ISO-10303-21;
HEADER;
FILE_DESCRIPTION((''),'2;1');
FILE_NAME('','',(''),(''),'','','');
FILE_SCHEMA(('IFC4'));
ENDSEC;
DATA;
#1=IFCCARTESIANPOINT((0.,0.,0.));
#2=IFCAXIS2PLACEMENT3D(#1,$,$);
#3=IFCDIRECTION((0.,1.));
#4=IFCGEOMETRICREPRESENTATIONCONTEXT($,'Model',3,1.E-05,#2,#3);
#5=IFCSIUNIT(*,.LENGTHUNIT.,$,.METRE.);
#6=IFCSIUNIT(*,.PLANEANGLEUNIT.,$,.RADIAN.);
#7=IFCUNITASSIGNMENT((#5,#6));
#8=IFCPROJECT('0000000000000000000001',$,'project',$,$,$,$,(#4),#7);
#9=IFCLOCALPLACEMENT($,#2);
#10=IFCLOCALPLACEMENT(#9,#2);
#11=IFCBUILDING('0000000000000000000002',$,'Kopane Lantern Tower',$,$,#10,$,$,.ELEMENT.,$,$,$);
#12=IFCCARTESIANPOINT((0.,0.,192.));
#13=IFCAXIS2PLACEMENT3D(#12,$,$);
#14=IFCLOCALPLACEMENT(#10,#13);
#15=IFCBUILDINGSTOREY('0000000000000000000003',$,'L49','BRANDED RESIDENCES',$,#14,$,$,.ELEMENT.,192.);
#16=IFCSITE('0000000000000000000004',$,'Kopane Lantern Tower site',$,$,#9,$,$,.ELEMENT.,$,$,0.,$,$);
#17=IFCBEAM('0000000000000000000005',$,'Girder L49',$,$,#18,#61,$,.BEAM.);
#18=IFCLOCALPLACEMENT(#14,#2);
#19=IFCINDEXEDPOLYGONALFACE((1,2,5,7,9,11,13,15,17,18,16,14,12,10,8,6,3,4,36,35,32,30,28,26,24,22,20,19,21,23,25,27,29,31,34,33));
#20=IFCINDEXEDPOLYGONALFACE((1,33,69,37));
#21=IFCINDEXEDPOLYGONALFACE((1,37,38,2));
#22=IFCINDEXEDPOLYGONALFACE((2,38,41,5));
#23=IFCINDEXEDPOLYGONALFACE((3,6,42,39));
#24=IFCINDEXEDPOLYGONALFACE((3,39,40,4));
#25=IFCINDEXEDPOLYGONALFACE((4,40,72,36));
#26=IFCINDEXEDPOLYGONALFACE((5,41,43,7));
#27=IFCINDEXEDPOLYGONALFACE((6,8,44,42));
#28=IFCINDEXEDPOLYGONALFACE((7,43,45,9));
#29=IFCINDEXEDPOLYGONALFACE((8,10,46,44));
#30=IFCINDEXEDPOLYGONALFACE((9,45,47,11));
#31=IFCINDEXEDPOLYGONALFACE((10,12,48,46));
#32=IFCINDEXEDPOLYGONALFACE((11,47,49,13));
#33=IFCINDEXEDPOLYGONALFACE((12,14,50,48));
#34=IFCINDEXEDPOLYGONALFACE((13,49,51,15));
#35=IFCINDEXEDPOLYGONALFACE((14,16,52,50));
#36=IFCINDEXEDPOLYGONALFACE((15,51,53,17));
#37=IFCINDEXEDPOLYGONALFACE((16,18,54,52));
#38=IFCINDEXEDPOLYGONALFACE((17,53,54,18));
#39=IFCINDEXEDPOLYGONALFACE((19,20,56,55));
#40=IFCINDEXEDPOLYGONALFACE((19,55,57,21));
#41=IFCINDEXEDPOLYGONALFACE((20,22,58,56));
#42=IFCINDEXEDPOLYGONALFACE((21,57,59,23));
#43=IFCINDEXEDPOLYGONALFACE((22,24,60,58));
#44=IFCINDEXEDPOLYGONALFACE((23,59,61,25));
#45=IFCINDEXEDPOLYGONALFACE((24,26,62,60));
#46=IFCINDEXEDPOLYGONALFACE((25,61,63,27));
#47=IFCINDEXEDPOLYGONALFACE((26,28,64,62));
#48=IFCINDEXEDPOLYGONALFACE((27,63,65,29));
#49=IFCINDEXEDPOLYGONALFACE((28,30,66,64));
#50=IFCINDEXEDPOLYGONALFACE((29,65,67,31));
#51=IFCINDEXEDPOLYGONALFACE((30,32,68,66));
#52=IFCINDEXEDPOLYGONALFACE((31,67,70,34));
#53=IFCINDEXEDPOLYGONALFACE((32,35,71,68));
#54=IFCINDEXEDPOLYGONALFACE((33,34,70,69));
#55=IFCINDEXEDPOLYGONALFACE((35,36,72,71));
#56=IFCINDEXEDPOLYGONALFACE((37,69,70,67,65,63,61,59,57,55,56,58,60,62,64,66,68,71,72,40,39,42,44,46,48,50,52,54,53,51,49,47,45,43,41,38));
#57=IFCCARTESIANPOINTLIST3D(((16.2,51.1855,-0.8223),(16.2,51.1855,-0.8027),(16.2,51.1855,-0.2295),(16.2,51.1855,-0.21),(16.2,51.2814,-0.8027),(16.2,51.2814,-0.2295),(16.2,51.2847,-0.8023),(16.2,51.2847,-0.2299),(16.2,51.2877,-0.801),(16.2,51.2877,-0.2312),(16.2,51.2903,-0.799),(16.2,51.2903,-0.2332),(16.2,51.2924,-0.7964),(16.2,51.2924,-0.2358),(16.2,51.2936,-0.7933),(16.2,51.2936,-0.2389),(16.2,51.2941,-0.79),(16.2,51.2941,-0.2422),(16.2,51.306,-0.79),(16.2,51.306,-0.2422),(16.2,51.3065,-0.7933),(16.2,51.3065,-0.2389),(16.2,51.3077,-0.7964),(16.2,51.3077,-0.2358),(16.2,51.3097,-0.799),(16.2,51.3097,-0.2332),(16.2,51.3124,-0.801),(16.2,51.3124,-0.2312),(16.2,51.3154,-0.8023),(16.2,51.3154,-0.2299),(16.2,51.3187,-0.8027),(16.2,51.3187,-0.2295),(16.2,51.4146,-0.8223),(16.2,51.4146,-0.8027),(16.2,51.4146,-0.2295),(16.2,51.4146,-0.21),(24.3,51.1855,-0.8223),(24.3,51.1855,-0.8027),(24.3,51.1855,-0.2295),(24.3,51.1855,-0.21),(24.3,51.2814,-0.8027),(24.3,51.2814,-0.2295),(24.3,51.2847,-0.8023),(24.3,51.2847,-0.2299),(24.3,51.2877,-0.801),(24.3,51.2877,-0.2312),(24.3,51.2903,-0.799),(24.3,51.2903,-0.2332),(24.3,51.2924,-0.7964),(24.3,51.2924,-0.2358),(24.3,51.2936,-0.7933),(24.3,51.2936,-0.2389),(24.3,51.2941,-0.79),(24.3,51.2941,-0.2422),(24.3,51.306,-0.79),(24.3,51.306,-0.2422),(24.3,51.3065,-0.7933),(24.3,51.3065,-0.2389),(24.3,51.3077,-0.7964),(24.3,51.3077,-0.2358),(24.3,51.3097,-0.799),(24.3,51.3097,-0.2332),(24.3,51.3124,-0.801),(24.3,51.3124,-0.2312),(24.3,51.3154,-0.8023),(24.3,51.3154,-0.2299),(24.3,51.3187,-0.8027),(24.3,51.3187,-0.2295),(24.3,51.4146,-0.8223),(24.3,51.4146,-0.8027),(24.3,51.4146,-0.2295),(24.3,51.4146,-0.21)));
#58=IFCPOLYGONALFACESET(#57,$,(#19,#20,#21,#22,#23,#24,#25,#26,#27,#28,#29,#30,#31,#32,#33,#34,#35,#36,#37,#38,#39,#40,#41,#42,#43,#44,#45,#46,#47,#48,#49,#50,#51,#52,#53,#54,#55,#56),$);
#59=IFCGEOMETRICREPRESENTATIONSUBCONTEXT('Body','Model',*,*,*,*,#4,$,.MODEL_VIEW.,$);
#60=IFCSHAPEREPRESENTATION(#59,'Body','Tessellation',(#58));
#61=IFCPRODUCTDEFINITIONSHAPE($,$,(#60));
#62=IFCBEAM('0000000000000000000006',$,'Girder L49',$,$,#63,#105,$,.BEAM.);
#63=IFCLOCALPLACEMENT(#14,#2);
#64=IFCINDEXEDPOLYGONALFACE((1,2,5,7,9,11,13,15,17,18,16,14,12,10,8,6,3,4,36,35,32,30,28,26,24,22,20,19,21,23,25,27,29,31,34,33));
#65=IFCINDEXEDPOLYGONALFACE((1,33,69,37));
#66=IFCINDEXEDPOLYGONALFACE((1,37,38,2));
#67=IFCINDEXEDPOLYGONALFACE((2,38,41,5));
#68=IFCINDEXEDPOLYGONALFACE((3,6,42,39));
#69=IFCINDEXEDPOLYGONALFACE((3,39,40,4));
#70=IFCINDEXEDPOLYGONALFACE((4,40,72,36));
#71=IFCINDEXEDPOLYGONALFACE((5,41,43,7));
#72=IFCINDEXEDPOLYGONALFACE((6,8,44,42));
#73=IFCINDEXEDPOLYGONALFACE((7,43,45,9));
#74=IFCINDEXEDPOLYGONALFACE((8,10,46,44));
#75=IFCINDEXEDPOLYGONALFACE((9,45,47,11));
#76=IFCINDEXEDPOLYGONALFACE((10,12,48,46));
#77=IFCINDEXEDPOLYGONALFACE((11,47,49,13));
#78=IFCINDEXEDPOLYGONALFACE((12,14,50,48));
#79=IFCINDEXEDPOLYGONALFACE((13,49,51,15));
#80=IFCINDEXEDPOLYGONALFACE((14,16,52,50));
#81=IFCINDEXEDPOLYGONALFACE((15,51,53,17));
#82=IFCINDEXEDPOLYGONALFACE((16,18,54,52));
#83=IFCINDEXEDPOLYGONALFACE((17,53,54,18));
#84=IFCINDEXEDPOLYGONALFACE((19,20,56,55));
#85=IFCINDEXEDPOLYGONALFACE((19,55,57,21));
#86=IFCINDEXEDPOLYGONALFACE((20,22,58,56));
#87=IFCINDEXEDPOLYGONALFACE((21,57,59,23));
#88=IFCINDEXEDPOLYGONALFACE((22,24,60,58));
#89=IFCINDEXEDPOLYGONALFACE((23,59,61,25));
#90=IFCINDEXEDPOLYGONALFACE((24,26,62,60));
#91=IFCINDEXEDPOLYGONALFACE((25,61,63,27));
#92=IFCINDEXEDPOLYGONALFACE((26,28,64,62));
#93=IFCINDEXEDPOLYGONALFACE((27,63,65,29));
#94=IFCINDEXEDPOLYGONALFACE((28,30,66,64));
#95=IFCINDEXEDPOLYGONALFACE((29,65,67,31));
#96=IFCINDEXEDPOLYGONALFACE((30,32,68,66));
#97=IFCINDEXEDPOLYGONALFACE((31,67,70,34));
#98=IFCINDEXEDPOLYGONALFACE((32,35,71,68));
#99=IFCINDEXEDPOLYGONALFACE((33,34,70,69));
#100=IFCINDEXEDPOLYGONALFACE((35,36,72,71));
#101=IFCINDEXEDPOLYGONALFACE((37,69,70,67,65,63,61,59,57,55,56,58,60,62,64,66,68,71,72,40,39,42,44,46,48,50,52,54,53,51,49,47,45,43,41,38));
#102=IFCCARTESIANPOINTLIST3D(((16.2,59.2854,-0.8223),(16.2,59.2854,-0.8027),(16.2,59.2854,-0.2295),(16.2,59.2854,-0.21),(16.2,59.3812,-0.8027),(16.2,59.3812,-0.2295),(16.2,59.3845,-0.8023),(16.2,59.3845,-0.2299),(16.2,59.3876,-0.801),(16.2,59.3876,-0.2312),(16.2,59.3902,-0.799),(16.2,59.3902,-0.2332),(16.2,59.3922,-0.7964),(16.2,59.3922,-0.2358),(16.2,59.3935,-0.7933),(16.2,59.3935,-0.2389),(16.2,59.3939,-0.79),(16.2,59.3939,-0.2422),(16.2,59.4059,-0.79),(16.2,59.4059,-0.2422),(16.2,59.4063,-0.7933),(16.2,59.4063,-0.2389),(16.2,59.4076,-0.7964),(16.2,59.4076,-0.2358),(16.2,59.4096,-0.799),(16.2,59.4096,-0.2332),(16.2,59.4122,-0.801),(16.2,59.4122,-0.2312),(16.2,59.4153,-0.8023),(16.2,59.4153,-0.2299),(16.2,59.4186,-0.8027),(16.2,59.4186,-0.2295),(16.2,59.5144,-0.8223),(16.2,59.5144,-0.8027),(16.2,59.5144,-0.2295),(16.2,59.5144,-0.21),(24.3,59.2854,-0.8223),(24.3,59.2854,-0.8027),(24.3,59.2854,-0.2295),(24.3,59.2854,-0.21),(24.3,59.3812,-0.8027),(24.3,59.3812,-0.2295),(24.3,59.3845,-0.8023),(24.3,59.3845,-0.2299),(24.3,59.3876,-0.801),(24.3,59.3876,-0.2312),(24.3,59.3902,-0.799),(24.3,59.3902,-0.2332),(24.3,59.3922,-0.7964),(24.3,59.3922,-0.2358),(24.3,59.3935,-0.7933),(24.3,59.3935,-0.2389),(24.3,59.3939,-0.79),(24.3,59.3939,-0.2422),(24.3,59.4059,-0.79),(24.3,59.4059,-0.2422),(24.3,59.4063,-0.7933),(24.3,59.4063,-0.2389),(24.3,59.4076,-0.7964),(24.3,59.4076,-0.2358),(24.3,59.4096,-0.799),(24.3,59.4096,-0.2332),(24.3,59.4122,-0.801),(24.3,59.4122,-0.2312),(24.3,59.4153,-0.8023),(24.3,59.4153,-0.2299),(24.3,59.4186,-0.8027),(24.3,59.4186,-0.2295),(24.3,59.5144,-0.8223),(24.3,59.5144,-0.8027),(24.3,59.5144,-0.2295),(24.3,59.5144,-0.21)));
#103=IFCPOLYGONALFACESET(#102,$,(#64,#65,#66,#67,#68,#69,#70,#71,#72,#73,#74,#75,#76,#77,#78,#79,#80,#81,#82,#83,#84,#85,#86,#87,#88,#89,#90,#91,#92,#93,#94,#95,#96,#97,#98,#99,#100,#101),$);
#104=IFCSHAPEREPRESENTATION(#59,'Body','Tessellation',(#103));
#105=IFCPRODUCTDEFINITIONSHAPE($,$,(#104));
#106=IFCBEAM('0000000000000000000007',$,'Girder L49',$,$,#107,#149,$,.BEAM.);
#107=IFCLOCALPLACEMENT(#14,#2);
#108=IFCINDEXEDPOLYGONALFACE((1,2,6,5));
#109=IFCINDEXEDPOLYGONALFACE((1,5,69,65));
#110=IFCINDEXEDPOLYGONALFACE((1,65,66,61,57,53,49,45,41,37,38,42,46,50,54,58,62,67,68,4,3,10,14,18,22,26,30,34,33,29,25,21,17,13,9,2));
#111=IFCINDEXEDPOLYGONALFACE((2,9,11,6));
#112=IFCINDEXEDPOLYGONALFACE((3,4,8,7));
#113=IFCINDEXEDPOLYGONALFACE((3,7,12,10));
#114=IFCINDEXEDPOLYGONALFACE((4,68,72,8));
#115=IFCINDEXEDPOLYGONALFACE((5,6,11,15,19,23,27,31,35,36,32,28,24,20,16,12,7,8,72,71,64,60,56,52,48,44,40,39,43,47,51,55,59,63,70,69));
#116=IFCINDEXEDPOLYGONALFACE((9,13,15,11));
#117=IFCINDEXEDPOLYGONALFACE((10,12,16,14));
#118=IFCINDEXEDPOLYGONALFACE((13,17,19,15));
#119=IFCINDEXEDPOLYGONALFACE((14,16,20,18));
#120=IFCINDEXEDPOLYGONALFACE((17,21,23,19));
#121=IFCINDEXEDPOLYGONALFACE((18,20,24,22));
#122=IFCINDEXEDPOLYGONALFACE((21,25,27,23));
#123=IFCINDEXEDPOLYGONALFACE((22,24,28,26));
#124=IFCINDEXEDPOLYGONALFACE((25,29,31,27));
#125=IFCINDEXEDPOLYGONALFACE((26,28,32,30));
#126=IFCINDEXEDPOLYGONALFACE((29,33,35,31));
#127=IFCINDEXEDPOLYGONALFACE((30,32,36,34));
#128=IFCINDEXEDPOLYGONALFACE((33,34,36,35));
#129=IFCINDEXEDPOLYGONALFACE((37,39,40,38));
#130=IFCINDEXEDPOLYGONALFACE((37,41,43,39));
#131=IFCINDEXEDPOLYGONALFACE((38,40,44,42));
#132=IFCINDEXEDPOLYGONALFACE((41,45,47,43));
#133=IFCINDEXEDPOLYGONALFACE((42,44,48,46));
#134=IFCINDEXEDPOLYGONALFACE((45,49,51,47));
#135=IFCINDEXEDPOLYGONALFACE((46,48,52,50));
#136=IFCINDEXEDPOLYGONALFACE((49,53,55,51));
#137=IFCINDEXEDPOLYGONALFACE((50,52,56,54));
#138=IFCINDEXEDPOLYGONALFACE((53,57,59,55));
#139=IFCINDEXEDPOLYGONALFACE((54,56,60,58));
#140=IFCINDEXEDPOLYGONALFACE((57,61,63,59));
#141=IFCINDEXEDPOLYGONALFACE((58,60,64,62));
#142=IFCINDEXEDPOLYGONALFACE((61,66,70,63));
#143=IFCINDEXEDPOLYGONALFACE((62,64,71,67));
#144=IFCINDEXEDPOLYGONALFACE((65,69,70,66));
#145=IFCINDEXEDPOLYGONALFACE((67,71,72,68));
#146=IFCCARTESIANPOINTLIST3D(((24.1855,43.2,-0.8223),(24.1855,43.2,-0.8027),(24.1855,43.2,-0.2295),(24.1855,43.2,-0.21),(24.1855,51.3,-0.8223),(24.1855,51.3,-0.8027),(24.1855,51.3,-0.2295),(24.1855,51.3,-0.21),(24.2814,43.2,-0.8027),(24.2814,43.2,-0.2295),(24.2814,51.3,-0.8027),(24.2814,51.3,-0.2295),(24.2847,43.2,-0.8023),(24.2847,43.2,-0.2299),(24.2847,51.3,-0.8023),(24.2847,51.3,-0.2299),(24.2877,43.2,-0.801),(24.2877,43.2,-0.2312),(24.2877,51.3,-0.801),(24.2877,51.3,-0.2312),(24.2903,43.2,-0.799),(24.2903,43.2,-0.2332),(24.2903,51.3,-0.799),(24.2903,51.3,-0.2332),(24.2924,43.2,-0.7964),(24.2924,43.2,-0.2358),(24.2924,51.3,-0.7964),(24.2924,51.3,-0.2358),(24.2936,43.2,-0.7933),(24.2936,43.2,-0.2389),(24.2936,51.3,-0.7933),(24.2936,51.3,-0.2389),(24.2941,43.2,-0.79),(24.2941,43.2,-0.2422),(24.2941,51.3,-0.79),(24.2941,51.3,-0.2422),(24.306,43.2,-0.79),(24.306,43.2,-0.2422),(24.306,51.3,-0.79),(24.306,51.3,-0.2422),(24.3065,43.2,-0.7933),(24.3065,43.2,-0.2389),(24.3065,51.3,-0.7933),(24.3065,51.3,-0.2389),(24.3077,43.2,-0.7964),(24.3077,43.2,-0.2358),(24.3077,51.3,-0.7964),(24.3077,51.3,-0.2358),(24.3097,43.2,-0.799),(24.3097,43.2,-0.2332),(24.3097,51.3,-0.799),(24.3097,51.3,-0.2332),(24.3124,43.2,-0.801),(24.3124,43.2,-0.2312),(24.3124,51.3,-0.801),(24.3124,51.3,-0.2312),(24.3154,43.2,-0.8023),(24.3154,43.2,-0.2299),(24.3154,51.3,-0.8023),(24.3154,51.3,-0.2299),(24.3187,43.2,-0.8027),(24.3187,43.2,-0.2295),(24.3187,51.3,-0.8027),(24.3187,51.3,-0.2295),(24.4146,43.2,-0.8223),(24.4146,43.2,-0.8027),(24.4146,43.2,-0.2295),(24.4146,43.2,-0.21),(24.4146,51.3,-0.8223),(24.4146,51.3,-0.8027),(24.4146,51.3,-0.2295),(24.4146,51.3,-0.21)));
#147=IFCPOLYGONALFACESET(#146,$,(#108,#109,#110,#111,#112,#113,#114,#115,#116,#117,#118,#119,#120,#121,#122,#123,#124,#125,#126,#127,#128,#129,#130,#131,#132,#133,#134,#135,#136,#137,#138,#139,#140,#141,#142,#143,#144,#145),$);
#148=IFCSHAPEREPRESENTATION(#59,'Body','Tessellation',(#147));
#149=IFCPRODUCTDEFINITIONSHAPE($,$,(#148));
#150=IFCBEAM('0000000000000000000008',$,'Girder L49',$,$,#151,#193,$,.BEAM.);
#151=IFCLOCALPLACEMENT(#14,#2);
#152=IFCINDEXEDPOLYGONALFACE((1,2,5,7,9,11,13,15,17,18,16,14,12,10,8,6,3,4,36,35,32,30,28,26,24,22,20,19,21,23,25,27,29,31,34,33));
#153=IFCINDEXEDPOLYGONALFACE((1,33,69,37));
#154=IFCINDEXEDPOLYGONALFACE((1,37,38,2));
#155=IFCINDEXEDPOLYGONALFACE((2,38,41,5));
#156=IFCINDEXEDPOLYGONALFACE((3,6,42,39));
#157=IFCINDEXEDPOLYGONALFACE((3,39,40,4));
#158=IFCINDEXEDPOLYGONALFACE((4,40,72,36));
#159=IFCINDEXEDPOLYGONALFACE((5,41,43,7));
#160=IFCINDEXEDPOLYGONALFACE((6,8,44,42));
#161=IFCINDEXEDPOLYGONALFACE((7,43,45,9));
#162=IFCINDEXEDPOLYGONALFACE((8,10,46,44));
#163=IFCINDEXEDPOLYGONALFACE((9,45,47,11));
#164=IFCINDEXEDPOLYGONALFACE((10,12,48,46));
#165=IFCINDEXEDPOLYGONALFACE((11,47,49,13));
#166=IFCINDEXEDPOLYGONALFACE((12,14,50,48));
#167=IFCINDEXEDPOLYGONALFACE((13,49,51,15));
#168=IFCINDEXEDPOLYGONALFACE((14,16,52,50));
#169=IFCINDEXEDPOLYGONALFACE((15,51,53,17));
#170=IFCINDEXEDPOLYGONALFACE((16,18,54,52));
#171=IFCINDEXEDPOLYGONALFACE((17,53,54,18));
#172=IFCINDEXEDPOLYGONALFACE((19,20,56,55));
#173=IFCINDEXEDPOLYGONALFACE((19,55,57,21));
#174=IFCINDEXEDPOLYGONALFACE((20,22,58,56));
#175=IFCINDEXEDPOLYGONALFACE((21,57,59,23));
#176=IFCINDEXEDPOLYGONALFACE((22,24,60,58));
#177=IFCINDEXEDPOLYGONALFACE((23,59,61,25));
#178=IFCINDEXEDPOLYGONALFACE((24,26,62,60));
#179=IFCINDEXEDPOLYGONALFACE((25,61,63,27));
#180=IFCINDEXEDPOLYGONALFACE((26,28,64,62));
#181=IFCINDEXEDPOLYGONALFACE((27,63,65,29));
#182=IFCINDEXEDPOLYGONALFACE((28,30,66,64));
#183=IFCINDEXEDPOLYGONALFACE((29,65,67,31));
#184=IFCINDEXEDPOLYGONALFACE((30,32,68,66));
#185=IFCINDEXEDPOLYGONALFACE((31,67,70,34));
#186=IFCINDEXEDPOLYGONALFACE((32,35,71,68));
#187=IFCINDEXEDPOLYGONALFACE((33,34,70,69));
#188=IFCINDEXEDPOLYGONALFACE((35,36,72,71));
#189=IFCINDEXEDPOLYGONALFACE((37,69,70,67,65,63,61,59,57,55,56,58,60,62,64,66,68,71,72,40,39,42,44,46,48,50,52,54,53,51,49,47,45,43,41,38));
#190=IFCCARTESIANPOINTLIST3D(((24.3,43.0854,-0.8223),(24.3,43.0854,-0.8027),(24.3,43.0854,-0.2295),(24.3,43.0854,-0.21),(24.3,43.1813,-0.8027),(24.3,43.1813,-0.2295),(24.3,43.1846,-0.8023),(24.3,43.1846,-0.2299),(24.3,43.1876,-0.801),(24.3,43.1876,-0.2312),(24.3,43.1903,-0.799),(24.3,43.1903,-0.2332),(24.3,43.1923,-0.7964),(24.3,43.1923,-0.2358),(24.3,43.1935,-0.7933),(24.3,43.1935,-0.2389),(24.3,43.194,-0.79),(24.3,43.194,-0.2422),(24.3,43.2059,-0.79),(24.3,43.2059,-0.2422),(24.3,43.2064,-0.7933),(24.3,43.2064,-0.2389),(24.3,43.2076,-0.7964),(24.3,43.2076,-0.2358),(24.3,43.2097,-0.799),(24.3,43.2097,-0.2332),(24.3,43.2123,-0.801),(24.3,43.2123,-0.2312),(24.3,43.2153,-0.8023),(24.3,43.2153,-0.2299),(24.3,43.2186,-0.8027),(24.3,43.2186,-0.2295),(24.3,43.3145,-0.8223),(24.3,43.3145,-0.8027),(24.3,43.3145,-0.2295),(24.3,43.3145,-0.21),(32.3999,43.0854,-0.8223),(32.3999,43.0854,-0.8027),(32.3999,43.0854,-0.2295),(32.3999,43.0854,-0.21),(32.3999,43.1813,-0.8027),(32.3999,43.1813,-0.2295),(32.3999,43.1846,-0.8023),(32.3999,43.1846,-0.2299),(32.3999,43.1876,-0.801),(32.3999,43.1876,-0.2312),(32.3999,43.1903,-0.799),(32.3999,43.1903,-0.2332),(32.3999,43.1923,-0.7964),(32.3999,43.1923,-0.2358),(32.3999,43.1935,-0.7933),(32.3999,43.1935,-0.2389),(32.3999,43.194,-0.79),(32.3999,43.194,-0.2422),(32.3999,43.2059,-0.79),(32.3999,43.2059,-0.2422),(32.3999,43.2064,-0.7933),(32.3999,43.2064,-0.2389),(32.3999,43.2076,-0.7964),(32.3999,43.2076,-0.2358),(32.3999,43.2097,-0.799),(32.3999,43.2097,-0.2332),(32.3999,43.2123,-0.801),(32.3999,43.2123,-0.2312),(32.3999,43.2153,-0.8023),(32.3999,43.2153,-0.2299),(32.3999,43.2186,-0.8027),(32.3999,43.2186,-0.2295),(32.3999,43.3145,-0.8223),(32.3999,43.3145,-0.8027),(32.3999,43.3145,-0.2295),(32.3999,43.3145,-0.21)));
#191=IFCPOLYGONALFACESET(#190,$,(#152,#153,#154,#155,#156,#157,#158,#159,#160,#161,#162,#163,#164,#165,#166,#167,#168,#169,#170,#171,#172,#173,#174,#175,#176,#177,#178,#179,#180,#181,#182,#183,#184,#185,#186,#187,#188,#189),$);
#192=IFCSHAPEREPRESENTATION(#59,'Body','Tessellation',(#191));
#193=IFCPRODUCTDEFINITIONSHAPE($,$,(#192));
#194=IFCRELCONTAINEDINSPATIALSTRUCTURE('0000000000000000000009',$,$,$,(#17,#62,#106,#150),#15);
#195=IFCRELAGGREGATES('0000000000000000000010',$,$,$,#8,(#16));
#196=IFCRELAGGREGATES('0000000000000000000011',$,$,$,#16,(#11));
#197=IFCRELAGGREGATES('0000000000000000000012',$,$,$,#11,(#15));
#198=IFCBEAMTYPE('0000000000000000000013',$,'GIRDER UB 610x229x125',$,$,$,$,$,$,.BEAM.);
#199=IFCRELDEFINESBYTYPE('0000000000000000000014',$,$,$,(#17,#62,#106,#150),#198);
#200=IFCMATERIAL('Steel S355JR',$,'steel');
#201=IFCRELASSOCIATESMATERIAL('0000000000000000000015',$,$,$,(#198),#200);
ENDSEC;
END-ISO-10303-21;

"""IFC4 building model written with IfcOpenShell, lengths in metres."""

from ifc_helpers import new_model, si_unit, direction, frame, origin, origin_2d, place, context, subcontext, project, spatial, i_section, extrude, material, material_profile, profile_set, type_object, element, save


model = new_model("IFC4")

# Units and contexts
model_context = context("Model", 3, precision=1e-05, world=origin(), true_north=direction((0.0, 1.0)))
body_context = subcontext(model_context, "Body", "Model", "MODEL_VIEW")
ifc_project = project(units=[si_unit("LENGTHUNIT", "METRE"), si_unit("PLANEANGLEUNIT", "RADIAN")], contexts=[model_context])

# Site, building, storey
site_placement = place(None, origin())
site = spatial("IfcSite", under=ifc_project, at=site_placement, Name="Kopane Lantern Tower site", CompositionType="ELEMENT", RefElevation=0.0)
building_placement = place(site_placement, origin())
building = spatial("IfcBuilding", under=site, at=building_placement, Name="Kopane Lantern Tower", CompositionType="ELEMENT")
storey_placement = place(building_placement, frame((0.0, 0.0, 192.0)))
storey = spatial("IfcBuildingStorey", under=building, at=storey_placement, Name="L49", Description="BRANDED RESIDENCES", CompositionType="ELEMENT", Elevation=192.0)

# Beams
ifc_material_1 = material(Name="Steel S355JR", Category="steel")
ifc_material_profile_1 = material_profile(ifc_material_1, i_section(OverallWidth=0.229, OverallDepth=0.6123, WebThickness=0.012, FlangeThickness=0.0195, FilletRadius=0.0127, at=origin_2d()), Name="UB 610x229x125")
ifc_profile_set_1 = profile_set([ifc_material_profile_1], Name="Steel S355JR")
beam_type = type_object("IfcBeamType", Name="GIRDER UB 610x229x125", PredefinedType="BEAM", material=ifc_profile_set_1)
for number, where, z_axis, x_axis, name in (
    (1, (16.2, 51.3, -0.5161), (1.0, 0.0, 0.0), (0.0, 1.0, 0.0), "Girder L49"),
    (2, (16.2, 59.3999, -0.5161), (1.0, 0.0, 0.0), (0.0, 1.0, 0.0), "Girder L49"),
    (3, (24.3, 43.2, -0.5161), (0.0, 1.0, 0.0), (-1.0, 0.0, 0.0), "Girder L49"),
):
    element("IfcBeam", number, at=place(storey_placement, frame(where, z_axis=z_axis, x_axis=x_axis)), inside=storey, type_object=beam_type, Name=name, PredefinedType="BEAM", context=body_context, shape_type="SweptSolid", body=[
        extrude(i_section(OverallWidth=0.229, OverallDepth=0.6123, WebThickness=0.012, FlangeThickness=0.0195, FilletRadius=0.0127, at=origin_2d()), origin(), (0.0, 0.0, 1.0), 8.1001),
    ])
for number, where, z_axis, x_axis, name in (
    (4, (24.3, 43.2, -0.5161), (1.0, 0.0, 0.0), (0.0, 1.0, 0.0), "Girder L49"),
):
    element("IfcBeam", number, at=place(storey_placement, frame(where, z_axis=z_axis, x_axis=x_axis)), inside=storey, type_object=beam_type, Name=name, PredefinedType="BEAM", context=body_context, shape_type="SweptSolid", body=[
        extrude(i_section(OverallWidth=0.229, OverallDepth=0.6123, WebThickness=0.012, FlangeThickness=0.0195, FilletRadius=0.0127, at=origin_2d()), origin(), (0.0, 0.0, 1.0), 8.0999),
    ])

save(model, "model.ifc")
